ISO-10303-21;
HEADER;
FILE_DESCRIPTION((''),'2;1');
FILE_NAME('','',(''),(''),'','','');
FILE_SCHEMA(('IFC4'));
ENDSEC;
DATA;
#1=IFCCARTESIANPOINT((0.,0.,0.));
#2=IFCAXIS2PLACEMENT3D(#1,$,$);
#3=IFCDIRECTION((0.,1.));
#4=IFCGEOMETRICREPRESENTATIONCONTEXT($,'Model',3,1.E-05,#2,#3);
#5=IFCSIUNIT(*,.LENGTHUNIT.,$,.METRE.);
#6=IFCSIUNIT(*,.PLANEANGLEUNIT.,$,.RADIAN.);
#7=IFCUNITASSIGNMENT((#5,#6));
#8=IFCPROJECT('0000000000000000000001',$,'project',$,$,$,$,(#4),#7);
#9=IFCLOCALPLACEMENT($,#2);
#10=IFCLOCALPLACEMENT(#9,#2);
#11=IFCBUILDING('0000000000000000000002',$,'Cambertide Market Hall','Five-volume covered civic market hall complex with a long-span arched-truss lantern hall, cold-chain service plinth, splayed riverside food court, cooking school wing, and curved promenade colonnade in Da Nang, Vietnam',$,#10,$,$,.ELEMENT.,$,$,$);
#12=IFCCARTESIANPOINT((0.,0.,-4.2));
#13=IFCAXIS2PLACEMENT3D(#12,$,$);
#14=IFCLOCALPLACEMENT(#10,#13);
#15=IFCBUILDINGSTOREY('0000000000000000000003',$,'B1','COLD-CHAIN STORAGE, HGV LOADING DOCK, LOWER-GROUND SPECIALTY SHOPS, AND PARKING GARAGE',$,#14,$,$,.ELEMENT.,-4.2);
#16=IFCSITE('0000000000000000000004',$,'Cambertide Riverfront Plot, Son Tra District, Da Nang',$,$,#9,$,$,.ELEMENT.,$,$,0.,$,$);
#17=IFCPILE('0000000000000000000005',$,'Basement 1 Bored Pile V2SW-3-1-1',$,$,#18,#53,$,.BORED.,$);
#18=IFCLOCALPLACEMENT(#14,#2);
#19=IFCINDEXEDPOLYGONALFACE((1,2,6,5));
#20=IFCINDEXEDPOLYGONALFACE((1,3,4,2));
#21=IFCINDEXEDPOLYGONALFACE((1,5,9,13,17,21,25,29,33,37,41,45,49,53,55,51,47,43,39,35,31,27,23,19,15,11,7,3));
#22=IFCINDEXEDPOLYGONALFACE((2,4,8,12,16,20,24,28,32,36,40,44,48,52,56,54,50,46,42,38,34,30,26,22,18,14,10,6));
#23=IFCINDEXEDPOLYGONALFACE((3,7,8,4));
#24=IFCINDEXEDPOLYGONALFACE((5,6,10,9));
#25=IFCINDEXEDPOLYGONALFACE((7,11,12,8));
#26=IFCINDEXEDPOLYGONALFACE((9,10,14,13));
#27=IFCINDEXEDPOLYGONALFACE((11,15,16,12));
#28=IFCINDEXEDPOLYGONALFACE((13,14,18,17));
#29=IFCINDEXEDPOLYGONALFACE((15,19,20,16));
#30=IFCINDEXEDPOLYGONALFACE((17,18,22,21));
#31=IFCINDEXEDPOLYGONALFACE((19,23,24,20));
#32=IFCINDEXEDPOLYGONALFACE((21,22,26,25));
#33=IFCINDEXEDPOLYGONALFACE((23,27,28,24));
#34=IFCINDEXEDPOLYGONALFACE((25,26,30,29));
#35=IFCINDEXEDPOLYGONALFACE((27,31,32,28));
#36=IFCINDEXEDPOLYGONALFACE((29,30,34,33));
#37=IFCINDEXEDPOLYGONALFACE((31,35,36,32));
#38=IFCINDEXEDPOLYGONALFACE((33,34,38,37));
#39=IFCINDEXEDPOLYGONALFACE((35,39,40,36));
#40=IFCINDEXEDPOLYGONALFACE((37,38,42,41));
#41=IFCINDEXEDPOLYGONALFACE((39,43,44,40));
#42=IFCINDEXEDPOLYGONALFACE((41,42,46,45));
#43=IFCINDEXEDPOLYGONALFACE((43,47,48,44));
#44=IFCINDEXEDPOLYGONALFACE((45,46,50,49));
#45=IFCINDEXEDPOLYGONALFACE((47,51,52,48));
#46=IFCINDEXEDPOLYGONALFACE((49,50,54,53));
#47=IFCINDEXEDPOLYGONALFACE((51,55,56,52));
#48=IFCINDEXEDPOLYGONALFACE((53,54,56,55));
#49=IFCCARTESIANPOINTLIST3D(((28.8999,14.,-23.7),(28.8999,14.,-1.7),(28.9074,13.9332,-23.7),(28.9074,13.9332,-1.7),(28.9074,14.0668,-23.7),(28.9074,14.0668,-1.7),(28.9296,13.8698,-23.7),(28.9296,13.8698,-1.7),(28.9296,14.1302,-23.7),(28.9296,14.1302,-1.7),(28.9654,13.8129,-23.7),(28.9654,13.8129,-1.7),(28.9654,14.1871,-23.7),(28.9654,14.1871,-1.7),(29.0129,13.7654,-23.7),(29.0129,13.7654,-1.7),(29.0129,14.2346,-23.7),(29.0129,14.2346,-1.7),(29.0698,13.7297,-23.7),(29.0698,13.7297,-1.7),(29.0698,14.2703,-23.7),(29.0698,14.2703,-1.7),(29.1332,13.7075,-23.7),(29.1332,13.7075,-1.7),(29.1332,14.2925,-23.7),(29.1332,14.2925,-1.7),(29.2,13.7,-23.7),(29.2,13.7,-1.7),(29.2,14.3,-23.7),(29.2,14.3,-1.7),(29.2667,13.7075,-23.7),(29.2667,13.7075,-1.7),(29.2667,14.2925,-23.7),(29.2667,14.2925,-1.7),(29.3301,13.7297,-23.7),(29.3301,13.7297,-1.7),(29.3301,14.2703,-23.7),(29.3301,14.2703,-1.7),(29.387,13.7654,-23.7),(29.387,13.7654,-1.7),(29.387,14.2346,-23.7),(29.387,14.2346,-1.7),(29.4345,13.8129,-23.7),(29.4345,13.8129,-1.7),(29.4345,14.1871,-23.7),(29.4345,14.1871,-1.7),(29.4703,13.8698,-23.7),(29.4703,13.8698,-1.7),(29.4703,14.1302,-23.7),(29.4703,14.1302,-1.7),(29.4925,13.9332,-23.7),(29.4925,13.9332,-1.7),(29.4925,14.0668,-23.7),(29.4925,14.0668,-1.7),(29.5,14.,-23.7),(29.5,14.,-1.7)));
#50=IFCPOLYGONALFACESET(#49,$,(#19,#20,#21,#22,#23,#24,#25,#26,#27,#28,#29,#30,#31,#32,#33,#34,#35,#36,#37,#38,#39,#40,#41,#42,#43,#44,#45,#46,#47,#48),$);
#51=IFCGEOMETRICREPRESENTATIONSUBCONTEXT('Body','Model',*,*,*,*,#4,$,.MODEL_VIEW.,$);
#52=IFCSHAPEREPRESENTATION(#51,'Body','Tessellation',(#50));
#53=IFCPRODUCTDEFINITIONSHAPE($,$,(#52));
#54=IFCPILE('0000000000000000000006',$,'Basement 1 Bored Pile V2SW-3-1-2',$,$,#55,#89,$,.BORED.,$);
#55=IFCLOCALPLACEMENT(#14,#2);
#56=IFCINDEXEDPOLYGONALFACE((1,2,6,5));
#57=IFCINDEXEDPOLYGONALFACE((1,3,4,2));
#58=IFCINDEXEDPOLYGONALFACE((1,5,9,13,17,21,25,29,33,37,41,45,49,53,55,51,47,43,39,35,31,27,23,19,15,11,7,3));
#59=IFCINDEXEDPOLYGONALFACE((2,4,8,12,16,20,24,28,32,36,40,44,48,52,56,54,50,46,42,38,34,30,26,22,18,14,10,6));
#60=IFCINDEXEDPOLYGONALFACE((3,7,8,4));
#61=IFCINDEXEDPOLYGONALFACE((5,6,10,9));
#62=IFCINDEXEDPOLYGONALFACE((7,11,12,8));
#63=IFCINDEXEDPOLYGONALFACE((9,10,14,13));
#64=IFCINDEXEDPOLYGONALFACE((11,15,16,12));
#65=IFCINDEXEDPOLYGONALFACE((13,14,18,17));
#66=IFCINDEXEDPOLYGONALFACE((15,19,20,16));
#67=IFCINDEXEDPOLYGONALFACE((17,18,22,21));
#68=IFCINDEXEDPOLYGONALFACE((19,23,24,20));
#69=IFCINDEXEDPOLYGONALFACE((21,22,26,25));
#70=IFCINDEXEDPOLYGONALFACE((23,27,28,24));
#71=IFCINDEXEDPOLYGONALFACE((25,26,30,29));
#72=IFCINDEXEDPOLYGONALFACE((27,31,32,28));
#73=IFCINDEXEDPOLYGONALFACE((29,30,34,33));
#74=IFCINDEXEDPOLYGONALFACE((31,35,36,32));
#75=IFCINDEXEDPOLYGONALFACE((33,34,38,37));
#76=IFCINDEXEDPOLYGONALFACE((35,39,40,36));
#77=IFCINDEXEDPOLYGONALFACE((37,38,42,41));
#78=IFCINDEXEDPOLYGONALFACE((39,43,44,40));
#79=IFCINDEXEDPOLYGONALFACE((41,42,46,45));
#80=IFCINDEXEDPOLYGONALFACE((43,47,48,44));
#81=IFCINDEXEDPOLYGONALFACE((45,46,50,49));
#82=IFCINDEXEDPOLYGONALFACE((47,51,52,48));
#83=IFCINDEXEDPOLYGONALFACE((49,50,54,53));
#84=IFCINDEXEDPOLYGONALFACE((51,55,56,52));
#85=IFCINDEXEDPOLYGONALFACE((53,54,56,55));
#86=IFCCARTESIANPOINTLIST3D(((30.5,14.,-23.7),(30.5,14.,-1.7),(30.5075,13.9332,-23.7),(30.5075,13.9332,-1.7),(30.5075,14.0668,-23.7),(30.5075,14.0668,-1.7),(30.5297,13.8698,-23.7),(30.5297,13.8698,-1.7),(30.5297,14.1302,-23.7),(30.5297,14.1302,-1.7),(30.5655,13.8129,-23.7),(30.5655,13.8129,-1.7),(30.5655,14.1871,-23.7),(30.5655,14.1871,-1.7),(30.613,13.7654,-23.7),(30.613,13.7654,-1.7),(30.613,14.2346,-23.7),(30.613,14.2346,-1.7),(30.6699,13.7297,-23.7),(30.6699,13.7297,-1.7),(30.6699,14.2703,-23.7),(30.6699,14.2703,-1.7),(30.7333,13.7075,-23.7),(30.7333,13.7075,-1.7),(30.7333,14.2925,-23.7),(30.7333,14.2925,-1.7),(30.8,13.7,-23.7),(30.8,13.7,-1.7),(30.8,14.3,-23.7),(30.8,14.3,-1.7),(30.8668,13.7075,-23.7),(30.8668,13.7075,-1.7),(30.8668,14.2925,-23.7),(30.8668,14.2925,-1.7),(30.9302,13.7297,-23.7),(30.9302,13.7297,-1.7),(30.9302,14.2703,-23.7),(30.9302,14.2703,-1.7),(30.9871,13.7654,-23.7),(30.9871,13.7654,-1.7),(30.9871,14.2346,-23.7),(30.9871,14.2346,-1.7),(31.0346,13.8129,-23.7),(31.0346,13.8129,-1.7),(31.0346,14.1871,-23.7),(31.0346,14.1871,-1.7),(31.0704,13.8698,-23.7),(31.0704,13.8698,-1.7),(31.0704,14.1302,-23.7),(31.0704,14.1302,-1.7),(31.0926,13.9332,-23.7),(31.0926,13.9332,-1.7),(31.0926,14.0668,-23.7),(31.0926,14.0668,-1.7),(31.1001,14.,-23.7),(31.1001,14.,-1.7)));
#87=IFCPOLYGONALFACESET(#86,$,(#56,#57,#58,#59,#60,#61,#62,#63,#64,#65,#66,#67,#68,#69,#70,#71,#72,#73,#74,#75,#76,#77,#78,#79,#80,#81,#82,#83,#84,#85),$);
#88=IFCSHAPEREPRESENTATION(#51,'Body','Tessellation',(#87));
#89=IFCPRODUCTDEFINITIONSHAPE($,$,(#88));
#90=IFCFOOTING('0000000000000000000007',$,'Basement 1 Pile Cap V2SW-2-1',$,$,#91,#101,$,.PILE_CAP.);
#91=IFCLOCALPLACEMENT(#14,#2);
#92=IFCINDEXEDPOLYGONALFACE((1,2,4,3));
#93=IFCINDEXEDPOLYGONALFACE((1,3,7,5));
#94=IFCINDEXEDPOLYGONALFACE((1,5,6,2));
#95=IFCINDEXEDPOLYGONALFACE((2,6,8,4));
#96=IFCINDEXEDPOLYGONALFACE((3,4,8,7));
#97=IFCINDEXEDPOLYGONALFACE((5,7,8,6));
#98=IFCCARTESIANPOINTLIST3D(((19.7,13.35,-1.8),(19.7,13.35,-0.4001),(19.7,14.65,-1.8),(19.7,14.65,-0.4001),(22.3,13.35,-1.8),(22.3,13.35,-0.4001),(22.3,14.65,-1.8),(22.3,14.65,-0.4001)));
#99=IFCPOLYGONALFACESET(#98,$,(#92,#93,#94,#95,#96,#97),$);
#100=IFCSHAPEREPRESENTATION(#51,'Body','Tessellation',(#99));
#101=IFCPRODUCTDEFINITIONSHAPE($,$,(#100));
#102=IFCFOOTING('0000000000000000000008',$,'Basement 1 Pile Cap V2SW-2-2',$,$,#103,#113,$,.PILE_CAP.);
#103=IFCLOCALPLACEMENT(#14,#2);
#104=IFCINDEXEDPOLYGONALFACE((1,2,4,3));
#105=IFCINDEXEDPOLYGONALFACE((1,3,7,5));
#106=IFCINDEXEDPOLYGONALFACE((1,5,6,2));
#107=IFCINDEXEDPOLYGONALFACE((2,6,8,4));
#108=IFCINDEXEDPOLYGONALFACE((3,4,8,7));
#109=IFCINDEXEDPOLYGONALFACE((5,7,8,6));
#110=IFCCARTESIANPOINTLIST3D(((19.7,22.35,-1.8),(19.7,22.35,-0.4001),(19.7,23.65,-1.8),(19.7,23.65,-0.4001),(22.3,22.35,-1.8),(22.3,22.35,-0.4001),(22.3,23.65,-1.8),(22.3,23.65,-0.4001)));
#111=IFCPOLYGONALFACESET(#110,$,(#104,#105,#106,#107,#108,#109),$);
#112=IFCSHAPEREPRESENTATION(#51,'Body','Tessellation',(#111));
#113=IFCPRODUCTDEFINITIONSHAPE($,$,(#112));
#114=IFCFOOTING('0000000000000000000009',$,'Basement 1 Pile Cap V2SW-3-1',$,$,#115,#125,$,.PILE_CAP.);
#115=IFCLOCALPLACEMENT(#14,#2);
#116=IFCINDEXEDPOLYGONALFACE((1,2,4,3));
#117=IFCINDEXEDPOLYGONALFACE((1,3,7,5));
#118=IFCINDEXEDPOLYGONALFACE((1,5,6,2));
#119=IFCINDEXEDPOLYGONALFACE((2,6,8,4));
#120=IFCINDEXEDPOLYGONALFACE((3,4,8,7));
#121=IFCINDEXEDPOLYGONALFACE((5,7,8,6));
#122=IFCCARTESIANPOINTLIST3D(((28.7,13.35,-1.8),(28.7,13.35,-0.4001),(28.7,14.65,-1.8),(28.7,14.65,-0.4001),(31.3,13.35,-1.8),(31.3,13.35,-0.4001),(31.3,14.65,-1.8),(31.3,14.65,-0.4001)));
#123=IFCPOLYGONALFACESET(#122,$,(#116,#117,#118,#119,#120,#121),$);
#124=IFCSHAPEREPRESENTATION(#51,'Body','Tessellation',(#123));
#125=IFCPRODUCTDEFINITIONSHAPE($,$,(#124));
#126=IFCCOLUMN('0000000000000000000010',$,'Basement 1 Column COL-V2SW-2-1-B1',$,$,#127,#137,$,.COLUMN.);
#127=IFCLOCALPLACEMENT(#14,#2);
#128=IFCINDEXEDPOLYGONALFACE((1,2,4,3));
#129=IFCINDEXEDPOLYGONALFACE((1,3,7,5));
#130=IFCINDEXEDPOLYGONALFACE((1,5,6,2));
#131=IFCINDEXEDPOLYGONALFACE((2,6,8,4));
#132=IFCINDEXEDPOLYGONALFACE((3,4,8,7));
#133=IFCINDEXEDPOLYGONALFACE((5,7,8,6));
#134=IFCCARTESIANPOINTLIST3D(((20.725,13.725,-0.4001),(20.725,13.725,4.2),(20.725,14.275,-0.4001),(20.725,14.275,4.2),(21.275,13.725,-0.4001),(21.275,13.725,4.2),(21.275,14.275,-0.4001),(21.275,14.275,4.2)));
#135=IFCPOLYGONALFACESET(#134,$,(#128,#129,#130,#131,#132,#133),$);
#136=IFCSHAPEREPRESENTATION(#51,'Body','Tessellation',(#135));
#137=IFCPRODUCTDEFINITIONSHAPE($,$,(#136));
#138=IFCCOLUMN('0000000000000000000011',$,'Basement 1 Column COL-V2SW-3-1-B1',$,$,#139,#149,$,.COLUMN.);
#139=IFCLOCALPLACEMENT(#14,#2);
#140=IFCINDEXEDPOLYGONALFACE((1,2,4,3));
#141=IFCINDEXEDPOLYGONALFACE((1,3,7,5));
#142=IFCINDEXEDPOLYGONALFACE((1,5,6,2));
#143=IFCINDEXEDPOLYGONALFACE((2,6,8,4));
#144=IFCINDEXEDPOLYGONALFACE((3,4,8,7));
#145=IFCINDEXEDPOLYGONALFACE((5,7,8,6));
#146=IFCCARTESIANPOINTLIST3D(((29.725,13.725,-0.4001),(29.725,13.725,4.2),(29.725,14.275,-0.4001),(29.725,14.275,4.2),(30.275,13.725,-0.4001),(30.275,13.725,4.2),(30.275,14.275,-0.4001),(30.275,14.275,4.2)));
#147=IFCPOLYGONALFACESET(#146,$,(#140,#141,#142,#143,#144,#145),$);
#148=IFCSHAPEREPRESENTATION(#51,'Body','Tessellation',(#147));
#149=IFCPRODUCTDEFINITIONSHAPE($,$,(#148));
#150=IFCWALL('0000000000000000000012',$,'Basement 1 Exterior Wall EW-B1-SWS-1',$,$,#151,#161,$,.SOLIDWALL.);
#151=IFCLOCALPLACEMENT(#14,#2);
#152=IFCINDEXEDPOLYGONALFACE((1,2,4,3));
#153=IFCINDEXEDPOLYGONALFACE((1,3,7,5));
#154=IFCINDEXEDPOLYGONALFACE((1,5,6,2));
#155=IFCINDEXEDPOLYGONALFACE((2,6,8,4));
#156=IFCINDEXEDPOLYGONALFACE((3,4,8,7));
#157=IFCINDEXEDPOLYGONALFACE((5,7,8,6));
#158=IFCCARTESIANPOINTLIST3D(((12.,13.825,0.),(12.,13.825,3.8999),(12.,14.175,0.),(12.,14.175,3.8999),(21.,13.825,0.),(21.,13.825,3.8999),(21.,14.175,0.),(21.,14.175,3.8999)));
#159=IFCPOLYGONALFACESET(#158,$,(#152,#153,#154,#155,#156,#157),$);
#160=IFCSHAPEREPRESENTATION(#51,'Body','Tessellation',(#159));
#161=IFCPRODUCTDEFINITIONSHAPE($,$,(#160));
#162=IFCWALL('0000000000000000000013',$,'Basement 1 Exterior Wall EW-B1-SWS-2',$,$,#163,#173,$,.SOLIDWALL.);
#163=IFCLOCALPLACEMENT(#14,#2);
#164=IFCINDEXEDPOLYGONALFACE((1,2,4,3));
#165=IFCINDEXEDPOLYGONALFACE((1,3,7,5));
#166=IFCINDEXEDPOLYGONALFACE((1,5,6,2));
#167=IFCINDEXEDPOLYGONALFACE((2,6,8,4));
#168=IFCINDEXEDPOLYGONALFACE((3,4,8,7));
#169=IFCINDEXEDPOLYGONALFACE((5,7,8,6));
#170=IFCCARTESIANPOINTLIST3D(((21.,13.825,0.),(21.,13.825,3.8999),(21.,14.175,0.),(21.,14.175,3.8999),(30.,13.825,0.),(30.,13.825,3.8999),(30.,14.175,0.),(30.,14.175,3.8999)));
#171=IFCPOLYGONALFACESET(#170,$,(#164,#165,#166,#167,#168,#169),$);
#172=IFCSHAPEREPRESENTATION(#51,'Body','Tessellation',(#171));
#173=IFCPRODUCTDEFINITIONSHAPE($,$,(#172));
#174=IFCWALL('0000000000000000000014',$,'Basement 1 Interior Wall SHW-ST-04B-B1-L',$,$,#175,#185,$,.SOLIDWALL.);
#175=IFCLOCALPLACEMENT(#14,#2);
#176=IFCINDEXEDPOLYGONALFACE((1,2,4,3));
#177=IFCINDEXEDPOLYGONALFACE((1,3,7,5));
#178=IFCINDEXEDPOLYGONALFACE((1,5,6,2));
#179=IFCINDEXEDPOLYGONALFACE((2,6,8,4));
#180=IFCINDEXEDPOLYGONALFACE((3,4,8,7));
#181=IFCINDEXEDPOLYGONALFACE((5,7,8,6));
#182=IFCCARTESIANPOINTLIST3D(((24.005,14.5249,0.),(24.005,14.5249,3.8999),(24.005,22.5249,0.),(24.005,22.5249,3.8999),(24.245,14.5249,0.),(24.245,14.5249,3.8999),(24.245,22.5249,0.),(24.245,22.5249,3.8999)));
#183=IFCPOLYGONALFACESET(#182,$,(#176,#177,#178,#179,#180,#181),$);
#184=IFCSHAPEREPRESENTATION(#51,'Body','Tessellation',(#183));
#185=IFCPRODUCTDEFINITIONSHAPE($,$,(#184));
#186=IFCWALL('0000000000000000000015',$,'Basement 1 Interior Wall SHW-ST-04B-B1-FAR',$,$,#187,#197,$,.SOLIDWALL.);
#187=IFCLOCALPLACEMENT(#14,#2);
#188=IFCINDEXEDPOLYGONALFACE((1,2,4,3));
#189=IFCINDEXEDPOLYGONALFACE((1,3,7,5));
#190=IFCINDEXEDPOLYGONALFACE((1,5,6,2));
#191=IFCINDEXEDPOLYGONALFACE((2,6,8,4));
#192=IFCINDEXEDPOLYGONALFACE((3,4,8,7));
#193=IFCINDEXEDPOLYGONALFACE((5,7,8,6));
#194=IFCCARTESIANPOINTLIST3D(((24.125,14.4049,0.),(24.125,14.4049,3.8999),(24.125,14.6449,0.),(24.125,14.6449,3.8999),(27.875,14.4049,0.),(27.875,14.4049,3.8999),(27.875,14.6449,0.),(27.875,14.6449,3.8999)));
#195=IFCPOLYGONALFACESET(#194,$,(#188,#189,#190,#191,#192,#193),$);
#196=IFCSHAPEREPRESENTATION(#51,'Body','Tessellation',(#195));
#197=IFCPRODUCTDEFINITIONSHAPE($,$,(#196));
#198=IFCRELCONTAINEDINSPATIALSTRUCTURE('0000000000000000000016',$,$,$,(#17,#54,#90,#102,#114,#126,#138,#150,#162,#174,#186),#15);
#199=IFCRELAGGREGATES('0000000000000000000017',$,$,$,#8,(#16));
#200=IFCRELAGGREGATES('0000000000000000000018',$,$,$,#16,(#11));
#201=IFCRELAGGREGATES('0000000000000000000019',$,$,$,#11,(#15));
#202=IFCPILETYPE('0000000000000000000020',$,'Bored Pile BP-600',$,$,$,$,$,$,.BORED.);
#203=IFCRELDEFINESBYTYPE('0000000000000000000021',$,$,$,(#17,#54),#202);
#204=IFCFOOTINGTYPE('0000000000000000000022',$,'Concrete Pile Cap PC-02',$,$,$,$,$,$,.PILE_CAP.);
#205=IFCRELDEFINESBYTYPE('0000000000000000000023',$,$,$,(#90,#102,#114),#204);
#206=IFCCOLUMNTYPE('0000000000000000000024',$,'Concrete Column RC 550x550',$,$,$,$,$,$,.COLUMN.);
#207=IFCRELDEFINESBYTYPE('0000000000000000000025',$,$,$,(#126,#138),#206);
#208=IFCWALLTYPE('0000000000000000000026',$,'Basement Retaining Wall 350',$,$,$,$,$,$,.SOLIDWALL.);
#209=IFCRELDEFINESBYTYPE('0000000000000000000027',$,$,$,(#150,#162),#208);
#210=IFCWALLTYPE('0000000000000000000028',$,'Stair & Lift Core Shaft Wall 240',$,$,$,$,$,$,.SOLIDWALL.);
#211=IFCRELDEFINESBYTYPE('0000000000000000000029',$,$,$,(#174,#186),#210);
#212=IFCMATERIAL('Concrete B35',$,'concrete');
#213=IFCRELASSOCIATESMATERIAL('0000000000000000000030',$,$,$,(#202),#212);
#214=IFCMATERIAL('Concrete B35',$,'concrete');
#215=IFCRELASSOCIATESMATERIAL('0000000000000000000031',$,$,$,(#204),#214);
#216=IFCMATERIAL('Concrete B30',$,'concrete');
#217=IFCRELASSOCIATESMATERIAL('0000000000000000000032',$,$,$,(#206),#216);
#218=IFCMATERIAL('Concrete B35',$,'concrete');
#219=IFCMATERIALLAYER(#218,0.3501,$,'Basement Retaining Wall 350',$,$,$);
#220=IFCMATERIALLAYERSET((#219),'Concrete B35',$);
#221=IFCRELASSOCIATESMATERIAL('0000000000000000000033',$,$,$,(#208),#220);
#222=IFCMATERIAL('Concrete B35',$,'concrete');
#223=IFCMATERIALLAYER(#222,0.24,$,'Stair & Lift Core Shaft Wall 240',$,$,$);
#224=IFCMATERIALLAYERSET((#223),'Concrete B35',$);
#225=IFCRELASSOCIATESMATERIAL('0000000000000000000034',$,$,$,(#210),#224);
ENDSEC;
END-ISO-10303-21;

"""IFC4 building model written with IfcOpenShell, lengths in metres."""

from ifc_helpers import new_model, si_unit, direction, frame, frame_2d, origin, origin_2d, place, context, subcontext, project, spatial, rectangle, circle, extrude, material, layer, layer_set, material_profile, profile_set, type_object, element, save


model = new_model("IFC4")

# Units and contexts
model_context = context("Model", 3, precision=1e-05, world=origin(), true_north=direction((0.0, 1.0)))
body_context = subcontext(model_context, "Body", "Model", "MODEL_VIEW")
ifc_project = project(units=[si_unit("LENGTHUNIT", "METRE"), si_unit("PLANEANGLEUNIT", "RADIAN")], contexts=[model_context])

# Site, building, storey
site_placement = place(None, origin())
site = spatial("IfcSite", under=ifc_project, at=site_placement, Name="Cambertide Riverfront Plot, Son Tra District, Da Nang", CompositionType="ELEMENT", RefElevation=0.0)
building_placement = place(site_placement, origin())
building = spatial("IfcBuilding", under=site, at=building_placement, Name="Cambertide Market Hall", Description="Five-volume covered civic market hall complex with a long-span arched-truss lantern hall, cold-chain service plinth, splayed riverside food court, cooking school wing, and curved promenade colonnade in Da Nang, Vietnam", CompositionType="ELEMENT")
storey_placement = place(building_placement, frame((0.0, 0.0, -4.2)))
storey = spatial("IfcBuildingStorey", under=building, at=storey_placement, Name="B1", Description="COLD-CHAIN STORAGE, HGV LOADING DOCK, LOWER-GROUND SPECIALTY SHOPS, AND PARKING GARAGE", CompositionType="ELEMENT", Elevation=-4.2)

# Piles
ifc_material_1 = material(Name="Concrete B35", Category="concrete")
ifc_material_profile_1 = material_profile(ifc_material_1, circle(Radius=0.3, at=origin_2d()), Name="BP D600")
ifc_profile_set_1 = profile_set([ifc_material_profile_1], Name="Concrete B35")
pile_type = type_object("IfcPileType", Name="Bored Pile BP-600", PredefinedType="BORED", material=ifc_profile_set_1)
for number, where, z_axis, x_axis, name in (
    (1, (29.2, 14.0, -1.7), (0.0, 0.0, -1.0), (1.0, 0.0, 0.0), "Basement 1 Bored Pile V2SW-3-1-1"),
    (2, (30.8, 14.0, -1.7), (0.0, 0.0, -1.0), (1.0, 0.0, 0.0), "Basement 1 Bored Pile V2SW-3-1-2"),
):
    element("IfcPile", number, at=place(storey_placement, frame(where, z_axis=z_axis, x_axis=x_axis)), inside=storey, type_object=pile_type, Name=name, PredefinedType="BORED", context=body_context, shape_type="SweptSolid", body=[
        extrude(circle(Radius=0.3, at=origin_2d()), origin(), (0.0, 0.0, 1.0), 22.0),
    ])

# Footings
ifc_material_2 = material(Name="Concrete B35", Category="concrete")
footing_type = type_object("IfcFootingType", Name="Concrete Pile Cap PC-02", PredefinedType="PILE_CAP", material=ifc_material_2)
for number, where, z_axis, x_axis, name in (
    (3, (21.0, 14.0, -1.8), (0.0, 0.0, 1.0), (1.0, 0.0, 0.0), "Basement 1 Pile Cap V2SW-2-1"),
    (4, (21.0, 23.0, -1.8), (0.0, 0.0, 1.0), (1.0, 0.0, 0.0), "Basement 1 Pile Cap V2SW-2-2"),
    (5, (30.0, 14.0, -1.8), (0.0, 0.0, 1.0), (1.0, 0.0, 0.0), "Basement 1 Pile Cap V2SW-3-1"),
):
    element("IfcFooting", number, at=place(storey_placement, frame(where, z_axis=z_axis, x_axis=x_axis)), inside=storey, type_object=footing_type, Name=name, PredefinedType="PILE_CAP", context=body_context, shape_type="SweptSolid", body=[
        extrude(rectangle(XDim=2.6001, YDim=1.3, at=origin_2d()), origin(), (0.0, 0.0, 1.0), 1.3999),
    ])

# Columns
ifc_material_3 = material(Name="Concrete B30", Category="concrete")
ifc_material_profile_2 = material_profile(ifc_material_3, rectangle(XDim=0.55, YDim=0.55, at=origin_2d()), Name="RC 550x550")
ifc_profile_set_2 = profile_set([ifc_material_profile_2], Name="Concrete B30")
column_type = type_object("IfcColumnType", Name="Concrete Column RC 550x550", PredefinedType="COLUMN", material=ifc_profile_set_2)
for number, where, z_axis, x_axis, name in (
    (6, (21.0, 14.0, -0.4001), (0.0, 0.0, 1.0), (1.0, 0.0, 0.0), "Basement 1 Column COL-V2SW-2-1-B1"),
    (7, (30.0, 14.0, -0.4001), (0.0, 0.0, 1.0), (1.0, 0.0, 0.0), "Basement 1 Column COL-V2SW-3-1-B1"),
):
    element("IfcColumn", number, at=place(storey_placement, frame(where, z_axis=z_axis, x_axis=x_axis)), inside=storey, type_object=column_type, Name=name, PredefinedType="COLUMN", context=body_context, shape_type="SweptSolid", body=[
        extrude(rectangle(XDim=0.55, YDim=0.55, at=origin_2d()), origin(), (0.0, 0.0, 1.0), 4.6001),
    ])

# Walls
ifc_material_4 = material(Name="Concrete B35", Category="concrete")
ifc_layer_1 = layer(ifc_material_4, 0.3501, Name="Basement Retaining Wall 350")
ifc_layer_set_1 = layer_set([ifc_layer_1], Name="Concrete B35")
wall_type_1 = type_object("IfcWallType", Name="Basement Retaining Wall 350", PredefinedType="SOLIDWALL", material=ifc_layer_set_1)
for number, where, z_axis, x_axis, name in (
    (8, (21.0, 14.0, 0.0), (0.0, 0.0, 1.0), (-1.0, 0.0, 0.0), "Basement 1 Exterior Wall EW-B1-SWS-1"),
    (9, (30.0, 14.0, 0.0), (0.0, 0.0, 1.0), (-1.0, 0.0, 0.0), "Basement 1 Exterior Wall EW-B1-SWS-2"),
):
    element("IfcWall", number, at=place(storey_placement, frame(where, z_axis=z_axis, x_axis=x_axis)), inside=storey, type_object=wall_type_1, Name=name, PredefinedType="SOLIDWALL", context=body_context, shape_type="SweptSolid", body=[
        extrude(rectangle(XDim=9.0, YDim=0.3501, at=frame_2d((4.5, 0.0))), origin(), (0.0, 0.0, 1.0), 3.8999),
    ])

# Shared definitions
ifc_material_5 = material(Name="Concrete B35", Category="concrete")
ifc_layer_2 = layer(ifc_material_5, 0.24, Name="Stair & Lift Core Shaft Wall 240")
ifc_layer_set_2 = layer_set([ifc_layer_2], Name="Concrete B35")
wall_type_2 = type_object("IfcWallType", Name="Stair & Lift Core Shaft Wall 240", PredefinedType="SOLIDWALL", material=ifc_layer_set_2)

# Walls
wall_1_placement = place(storey_placement, frame((24.125, 14.5249, 0.0), z_axis=(0.0, 0.0, 1.0), x_axis=(0.0, 1.0, 0.0)))
element("IfcWall", 10, at=wall_1_placement, inside=storey, type_object=wall_type_2, Name="Basement 1 Interior Wall SHW-ST-04B-B1-L", PredefinedType="SOLIDWALL", context=body_context, shape_type="SweptSolid", body=[
    extrude(rectangle(XDim=8.0, YDim=0.24, at=frame_2d((4.0, 0.0))), origin(), (0.0, 0.0, 1.0), 3.8999),
])
wall_2_placement = place(storey_placement, frame((27.875, 14.5249, 0.0), z_axis=(0.0, 0.0, 1.0), x_axis=(-1.0, 0.0, 0.0)))
element("IfcWall", 11, at=wall_2_placement, inside=storey, type_object=wall_type_2, Name="Basement 1 Interior Wall SHW-ST-04B-B1-FAR", PredefinedType="SOLIDWALL", context=body_context, shape_type="SweptSolid", body=[
    extrude(rectangle(XDim=3.75, YDim=0.24, at=frame_2d((1.875, 0.0))), origin(), (0.0, 0.0, 1.0), 3.8999),
])

save(model, "model.ifc")
